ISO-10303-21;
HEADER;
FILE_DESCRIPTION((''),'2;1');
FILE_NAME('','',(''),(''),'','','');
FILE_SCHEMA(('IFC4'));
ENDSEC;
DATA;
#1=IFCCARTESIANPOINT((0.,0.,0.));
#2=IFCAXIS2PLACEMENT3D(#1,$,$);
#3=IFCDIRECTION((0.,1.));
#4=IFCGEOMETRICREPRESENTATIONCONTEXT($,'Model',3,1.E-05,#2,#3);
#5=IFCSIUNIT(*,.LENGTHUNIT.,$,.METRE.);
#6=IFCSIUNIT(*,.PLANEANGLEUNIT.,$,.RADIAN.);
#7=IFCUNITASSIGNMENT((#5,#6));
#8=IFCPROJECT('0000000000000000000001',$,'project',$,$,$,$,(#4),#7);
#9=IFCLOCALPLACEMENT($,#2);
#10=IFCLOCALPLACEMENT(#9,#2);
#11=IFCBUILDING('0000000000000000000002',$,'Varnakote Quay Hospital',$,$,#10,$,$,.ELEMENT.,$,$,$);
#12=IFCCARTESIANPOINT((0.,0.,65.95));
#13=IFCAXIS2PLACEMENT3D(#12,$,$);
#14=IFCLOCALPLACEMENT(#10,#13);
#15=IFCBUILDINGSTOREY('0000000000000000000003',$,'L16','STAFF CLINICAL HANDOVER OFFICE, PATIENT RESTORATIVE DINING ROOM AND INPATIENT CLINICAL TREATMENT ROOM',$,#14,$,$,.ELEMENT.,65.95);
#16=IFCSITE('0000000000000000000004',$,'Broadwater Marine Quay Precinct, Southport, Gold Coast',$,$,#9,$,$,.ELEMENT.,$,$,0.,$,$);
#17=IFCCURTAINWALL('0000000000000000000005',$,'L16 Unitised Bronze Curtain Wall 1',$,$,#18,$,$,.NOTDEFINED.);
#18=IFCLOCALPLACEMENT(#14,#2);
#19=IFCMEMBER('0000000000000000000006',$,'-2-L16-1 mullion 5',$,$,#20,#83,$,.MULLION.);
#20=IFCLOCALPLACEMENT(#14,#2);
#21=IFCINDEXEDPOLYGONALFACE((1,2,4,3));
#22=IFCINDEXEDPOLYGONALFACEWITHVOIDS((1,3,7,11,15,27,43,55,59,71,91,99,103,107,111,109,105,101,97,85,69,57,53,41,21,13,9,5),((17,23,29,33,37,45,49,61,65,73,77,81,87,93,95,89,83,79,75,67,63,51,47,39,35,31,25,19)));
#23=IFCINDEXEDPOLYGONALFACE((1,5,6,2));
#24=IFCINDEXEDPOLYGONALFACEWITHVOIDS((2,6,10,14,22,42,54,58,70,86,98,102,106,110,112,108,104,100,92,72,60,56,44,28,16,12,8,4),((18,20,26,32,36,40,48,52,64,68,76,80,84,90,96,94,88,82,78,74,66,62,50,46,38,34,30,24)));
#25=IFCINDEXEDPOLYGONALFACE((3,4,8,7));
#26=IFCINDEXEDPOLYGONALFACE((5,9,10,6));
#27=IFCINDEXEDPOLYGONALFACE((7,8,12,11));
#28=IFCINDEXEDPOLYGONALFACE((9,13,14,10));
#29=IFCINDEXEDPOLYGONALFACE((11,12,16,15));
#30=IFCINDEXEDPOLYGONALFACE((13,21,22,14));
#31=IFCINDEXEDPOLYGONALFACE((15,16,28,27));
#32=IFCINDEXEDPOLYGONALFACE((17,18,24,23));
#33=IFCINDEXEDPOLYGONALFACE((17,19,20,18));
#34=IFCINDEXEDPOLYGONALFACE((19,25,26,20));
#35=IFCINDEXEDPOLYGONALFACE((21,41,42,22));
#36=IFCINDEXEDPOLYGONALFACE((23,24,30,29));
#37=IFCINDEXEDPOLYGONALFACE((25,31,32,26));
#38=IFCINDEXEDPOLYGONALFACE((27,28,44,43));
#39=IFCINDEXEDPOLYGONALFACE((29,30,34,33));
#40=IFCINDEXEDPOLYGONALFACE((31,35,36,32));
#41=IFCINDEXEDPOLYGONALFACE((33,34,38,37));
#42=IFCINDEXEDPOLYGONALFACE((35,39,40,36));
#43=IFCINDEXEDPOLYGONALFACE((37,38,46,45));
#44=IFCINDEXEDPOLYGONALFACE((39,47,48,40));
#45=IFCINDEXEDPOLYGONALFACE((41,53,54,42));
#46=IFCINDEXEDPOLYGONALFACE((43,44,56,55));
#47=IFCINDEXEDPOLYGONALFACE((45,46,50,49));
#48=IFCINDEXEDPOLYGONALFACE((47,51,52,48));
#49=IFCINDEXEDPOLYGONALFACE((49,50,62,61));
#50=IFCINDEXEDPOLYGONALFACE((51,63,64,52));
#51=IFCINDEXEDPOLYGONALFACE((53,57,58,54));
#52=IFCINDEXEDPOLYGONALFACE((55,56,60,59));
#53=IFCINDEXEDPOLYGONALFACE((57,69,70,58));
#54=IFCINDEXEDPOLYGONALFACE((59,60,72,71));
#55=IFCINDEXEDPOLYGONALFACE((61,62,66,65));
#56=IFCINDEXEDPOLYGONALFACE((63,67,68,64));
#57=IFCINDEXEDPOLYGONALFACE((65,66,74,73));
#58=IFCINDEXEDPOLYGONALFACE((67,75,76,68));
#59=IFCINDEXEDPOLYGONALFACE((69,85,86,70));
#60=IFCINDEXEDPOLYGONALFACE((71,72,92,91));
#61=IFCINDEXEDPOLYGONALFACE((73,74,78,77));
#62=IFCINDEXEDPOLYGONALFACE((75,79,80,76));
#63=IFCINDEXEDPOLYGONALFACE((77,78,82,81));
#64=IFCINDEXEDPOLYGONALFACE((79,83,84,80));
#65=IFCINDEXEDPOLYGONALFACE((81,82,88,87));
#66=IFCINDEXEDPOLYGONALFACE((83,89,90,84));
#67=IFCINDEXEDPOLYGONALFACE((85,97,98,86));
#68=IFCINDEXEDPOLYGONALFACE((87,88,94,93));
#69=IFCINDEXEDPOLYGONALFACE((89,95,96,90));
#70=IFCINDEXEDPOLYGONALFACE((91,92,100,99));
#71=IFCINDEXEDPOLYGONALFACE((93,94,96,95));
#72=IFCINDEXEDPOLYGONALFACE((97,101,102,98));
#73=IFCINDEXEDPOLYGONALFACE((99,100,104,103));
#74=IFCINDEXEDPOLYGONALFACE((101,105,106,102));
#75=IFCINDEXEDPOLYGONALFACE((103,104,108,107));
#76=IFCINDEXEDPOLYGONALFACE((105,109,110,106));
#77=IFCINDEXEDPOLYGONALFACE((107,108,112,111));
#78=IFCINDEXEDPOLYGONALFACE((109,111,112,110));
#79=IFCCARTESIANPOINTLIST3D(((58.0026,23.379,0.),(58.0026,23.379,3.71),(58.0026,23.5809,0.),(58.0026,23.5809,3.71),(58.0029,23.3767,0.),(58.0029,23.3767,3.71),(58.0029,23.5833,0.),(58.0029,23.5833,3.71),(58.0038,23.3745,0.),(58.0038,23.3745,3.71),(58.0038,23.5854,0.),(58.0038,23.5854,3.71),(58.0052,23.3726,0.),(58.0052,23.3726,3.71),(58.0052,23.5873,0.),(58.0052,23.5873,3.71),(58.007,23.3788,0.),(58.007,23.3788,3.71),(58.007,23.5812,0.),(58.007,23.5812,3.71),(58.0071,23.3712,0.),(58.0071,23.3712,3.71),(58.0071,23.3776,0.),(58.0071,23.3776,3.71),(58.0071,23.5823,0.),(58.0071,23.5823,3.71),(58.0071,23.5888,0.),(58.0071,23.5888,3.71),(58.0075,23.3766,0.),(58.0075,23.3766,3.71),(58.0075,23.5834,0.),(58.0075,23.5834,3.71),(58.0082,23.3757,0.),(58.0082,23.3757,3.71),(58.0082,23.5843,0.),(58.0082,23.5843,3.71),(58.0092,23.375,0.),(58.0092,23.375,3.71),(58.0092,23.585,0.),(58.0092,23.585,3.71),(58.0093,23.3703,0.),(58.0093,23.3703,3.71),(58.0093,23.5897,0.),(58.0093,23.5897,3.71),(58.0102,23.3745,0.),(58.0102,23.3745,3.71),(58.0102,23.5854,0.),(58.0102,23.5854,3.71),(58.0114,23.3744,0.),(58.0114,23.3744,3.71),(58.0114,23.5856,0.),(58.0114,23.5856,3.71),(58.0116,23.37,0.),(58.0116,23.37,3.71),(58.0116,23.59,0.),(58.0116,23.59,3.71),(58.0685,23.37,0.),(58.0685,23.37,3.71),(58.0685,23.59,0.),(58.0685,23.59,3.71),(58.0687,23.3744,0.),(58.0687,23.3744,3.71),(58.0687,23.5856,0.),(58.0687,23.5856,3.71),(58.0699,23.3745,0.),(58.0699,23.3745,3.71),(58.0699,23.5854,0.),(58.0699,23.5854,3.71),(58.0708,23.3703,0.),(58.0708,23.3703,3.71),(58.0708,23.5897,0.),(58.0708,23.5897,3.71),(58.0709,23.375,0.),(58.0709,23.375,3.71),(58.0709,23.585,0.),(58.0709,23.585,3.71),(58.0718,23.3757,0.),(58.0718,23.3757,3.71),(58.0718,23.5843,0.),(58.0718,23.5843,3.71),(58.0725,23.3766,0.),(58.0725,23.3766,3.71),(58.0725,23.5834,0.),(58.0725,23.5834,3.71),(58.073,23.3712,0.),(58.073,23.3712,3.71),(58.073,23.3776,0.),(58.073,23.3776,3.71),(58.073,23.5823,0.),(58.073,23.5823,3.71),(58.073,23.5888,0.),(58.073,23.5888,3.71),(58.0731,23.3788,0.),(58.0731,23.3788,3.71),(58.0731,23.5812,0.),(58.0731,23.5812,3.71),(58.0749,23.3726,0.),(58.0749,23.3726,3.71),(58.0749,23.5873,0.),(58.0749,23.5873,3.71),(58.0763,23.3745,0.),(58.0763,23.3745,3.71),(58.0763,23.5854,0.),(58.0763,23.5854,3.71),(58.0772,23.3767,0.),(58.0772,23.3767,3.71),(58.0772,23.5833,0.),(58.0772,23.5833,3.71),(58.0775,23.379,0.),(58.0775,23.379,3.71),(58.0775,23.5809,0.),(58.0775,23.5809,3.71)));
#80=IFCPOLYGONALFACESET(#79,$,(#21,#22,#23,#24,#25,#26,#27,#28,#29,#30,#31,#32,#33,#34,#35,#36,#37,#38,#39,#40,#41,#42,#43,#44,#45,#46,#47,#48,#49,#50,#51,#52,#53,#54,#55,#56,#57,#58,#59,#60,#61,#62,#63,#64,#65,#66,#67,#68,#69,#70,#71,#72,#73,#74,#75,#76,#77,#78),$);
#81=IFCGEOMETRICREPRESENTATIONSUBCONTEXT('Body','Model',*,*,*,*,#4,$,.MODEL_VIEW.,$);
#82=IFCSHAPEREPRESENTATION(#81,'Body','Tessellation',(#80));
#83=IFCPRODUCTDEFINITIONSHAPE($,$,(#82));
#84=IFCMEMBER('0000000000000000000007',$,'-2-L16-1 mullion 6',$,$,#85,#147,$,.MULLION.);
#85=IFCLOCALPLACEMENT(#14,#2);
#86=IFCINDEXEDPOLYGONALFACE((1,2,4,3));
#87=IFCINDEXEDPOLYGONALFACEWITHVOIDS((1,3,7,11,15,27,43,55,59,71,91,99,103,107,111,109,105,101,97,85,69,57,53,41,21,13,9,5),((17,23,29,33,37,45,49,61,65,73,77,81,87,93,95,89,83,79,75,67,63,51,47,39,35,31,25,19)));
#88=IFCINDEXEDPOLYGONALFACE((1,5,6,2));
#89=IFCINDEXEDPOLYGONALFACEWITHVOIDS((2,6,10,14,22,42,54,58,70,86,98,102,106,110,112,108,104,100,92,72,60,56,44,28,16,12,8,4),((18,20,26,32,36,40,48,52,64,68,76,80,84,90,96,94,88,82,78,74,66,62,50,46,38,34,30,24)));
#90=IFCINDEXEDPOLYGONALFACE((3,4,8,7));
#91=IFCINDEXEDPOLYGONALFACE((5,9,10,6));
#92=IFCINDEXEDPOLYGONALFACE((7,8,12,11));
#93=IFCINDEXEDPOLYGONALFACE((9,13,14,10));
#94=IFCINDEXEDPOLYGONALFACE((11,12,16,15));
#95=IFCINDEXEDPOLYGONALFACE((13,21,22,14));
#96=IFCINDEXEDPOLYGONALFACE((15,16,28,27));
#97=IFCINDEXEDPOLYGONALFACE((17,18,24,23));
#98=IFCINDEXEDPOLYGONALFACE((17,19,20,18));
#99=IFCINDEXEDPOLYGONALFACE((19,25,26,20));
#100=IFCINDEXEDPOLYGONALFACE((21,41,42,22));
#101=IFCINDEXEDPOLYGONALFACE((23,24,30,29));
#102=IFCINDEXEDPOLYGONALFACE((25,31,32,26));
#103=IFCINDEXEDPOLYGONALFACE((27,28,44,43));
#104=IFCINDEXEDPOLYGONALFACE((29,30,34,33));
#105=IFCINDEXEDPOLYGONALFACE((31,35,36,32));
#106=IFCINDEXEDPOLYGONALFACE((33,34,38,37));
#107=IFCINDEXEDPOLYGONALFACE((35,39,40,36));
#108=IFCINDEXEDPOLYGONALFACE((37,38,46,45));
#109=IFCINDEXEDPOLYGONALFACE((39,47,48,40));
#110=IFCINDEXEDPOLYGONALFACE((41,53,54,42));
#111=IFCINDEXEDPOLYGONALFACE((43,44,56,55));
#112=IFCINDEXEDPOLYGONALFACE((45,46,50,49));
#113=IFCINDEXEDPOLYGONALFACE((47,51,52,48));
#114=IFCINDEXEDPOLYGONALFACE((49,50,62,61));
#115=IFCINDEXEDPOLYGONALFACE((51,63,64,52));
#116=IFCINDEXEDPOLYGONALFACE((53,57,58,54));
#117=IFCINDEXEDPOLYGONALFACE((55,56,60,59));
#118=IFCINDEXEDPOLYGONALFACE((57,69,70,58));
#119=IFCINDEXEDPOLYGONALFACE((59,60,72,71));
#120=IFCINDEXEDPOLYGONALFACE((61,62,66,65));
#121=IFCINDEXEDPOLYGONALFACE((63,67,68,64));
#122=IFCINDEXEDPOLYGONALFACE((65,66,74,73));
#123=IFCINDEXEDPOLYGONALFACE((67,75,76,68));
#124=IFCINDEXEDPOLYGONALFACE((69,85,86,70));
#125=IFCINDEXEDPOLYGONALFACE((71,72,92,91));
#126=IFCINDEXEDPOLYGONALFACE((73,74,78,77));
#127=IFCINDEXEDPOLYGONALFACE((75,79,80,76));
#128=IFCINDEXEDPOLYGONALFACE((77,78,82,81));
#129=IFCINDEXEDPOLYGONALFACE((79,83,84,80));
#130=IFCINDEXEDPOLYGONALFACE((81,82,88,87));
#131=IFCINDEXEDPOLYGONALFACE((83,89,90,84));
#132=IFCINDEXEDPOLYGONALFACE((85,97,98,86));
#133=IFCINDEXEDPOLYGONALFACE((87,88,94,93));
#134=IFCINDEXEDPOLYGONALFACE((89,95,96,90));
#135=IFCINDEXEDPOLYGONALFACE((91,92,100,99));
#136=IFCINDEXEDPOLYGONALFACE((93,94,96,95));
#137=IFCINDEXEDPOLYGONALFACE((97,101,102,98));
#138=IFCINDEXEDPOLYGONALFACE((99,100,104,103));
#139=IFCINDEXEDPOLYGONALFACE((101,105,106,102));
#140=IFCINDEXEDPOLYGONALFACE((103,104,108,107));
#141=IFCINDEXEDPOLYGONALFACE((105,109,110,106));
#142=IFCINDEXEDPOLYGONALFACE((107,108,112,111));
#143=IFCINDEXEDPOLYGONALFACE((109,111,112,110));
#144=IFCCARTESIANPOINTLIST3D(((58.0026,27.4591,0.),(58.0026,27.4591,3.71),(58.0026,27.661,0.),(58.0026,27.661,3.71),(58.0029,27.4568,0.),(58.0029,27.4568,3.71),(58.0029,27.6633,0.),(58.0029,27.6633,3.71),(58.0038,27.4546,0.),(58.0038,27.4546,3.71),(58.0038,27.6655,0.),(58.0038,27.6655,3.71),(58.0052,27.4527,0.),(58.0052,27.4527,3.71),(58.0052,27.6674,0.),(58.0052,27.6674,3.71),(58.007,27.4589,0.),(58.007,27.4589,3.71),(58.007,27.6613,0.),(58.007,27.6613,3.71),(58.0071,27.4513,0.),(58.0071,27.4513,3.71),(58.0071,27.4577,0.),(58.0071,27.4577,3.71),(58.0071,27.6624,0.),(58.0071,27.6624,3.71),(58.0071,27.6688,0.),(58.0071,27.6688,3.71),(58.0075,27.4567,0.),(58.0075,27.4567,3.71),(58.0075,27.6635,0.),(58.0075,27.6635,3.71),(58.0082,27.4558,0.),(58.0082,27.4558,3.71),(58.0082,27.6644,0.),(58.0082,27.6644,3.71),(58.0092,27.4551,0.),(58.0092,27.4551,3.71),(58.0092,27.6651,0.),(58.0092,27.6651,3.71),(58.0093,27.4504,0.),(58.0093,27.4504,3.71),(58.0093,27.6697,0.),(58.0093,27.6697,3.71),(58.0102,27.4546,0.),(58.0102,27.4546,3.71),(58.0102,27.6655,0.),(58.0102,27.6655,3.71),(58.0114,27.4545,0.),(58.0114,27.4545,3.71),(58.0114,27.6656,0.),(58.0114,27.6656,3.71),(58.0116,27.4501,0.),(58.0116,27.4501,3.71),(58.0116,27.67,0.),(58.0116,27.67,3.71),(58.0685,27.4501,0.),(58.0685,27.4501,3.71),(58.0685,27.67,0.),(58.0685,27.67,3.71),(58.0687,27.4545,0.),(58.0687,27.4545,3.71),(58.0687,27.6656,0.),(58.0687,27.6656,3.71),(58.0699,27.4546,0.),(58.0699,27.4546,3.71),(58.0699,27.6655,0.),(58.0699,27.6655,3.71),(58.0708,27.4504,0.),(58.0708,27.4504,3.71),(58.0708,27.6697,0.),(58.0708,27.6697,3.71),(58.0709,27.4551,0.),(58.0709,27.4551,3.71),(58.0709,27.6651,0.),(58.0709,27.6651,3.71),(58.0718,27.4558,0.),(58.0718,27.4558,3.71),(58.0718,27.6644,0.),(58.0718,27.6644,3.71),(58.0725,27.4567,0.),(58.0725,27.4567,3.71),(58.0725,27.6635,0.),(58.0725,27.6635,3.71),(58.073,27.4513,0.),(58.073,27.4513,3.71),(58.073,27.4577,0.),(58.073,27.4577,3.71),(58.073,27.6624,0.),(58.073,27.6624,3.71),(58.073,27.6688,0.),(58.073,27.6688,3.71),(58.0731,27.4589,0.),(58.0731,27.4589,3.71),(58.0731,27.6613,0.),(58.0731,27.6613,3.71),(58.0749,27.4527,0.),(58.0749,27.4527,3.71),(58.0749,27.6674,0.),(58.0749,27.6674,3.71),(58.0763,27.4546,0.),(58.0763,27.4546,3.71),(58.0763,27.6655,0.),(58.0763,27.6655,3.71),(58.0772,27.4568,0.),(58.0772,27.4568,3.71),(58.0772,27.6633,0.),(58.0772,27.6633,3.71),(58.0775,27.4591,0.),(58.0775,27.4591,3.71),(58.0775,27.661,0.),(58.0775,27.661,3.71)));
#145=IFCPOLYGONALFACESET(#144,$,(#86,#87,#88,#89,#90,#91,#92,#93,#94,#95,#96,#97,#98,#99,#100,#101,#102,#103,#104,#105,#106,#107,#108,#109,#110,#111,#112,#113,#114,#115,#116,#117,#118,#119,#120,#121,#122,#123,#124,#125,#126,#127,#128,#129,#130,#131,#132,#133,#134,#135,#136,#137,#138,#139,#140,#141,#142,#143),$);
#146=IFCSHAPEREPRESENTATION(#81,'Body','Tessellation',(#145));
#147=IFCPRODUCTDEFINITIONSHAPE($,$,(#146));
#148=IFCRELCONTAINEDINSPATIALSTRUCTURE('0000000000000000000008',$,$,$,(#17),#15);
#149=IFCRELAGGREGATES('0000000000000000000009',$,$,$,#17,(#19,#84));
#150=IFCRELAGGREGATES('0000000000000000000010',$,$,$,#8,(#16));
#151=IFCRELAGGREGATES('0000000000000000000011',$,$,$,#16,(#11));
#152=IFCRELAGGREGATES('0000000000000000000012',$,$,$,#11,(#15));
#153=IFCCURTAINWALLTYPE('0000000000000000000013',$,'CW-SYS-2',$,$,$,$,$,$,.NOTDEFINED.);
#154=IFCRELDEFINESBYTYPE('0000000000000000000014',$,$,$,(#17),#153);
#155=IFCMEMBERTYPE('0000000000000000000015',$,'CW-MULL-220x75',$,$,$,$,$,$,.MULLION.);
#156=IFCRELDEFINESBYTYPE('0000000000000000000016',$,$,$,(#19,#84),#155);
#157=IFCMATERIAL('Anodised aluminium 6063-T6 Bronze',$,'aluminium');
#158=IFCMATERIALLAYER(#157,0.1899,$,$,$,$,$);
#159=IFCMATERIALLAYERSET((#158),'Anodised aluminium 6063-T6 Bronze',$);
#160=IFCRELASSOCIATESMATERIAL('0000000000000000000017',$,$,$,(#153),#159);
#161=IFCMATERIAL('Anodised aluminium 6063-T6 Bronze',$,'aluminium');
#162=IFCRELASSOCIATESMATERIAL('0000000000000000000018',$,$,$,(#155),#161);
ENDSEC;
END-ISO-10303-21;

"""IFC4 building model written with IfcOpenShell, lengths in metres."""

from ifc_helpers import new_model, si_unit, direction, frame, origin, origin_2d, place, context, subcontext, project, spatial, hollow_rectangle, extrude, material, layer, layer_set, material_profile, profile_set, type_object, element, aggregate, save


model = new_model("IFC4")

# Units and contexts
model_context = context("Model", 3, precision=1e-05, world=origin(), true_north=direction((0.0, 1.0)))
body_context = subcontext(model_context, "Body", "Model", "MODEL_VIEW")
ifc_project = project(units=[si_unit("LENGTHUNIT", "METRE"), si_unit("PLANEANGLEUNIT", "RADIAN")], contexts=[model_context])

# Site, building, storey
site_placement = place(None, origin())
site = spatial("IfcSite", under=ifc_project, at=site_placement, Name="Broadwater Marine Quay Precinct, Southport, Gold Coast", CompositionType="ELEMENT", RefElevation=0.0)
building_placement = place(site_placement, origin())
building = spatial("IfcBuilding", under=site, at=building_placement, Name="Varnakote Quay Hospital", CompositionType="ELEMENT")
storey_placement = place(building_placement, frame((0.0, 0.0, 65.95)))
storey = spatial("IfcBuildingStorey", under=building, at=storey_placement, Name="L16", Description="STAFF CLINICAL HANDOVER OFFICE, PATIENT RESTORATIVE DINING ROOM AND INPATIENT CLINICAL TREATMENT ROOM", CompositionType="ELEMENT", Elevation=65.95)

# Curtain wall, members
ifc_material_1 = material(Name="Anodised aluminium 6063-T6 Bronze", Category="aluminium")
ifc_layer_1 = layer(ifc_material_1, 0.1899)
ifc_layer_set_1 = layer_set([ifc_layer_1], Name="Anodised aluminium 6063-T6 Bronze")
curtain_wall_type = type_object("IfcCurtainWallType", Name="CW-SYS-2", PredefinedType="NOTDEFINED", material=ifc_layer_set_1)
curtain_wall_placement = place(storey_placement, origin())
curtain_wall = element("IfcCurtainWall", 1, at=curtain_wall_placement, inside=storey, type_object=curtain_wall_type, Name="L16 Unitised Bronze Curtain Wall 1", PredefinedType="NOTDEFINED")
ifc_material_2 = material(Name="Anodised aluminium 6063-T6 Bronze", Category="aluminium")
ifc_material_profile_1 = material_profile(ifc_material_2, hollow_rectangle(XDim=0.075, YDim=0.22, WallThickness=0.0044, InnerFilletRadius=0.0044, OuterFilletRadius=0.009, at=origin_2d()), Name="CW-MULL-220x75")
ifc_profile_set_1 = profile_set([ifc_material_profile_1], Name="Anodised aluminium 6063-T6 Bronze")
member_type_1 = type_object("IfcMemberType", Name="CW-MULL-220x75", PredefinedType="MULLION", material=ifc_profile_set_1)
member_1_placement = place(storey_placement, frame((58.04, 23.48, 0.0), z_axis=(0.0, 0.0, 1.0), x_axis=(-1.0, 0.0, 0.0)))
member_1 = element("IfcMember", 2, at=member_1_placement, type_object=member_type_1, Name="-2-L16-1 mullion 5", PredefinedType="MULLION", context=body_context, shape_type="SweptSolid", body=[
    extrude(hollow_rectangle(XDim=0.075, YDim=0.22, WallThickness=0.0044, InnerFilletRadius=0.0044, OuterFilletRadius=0.009, at=origin_2d()), origin(), (0.0, 0.0, 1.0), 3.71),
])
member_2_placement = place(storey_placement, frame((58.04, 27.5601, 0.0), z_axis=(0.0, 0.0, 1.0), x_axis=(-1.0, 0.0, 0.0)))
member_2 = element("IfcMember", 3, at=member_2_placement, type_object=member_type_1, Name="-2-L16-1 mullion 6", PredefinedType="MULLION", context=body_context, shape_type="SweptSolid", body=[
    extrude(hollow_rectangle(XDim=0.075, YDim=0.22, WallThickness=0.0044, InnerFilletRadius=0.0044, OuterFilletRadius=0.009, at=origin_2d()), origin(), (0.0, 0.0, 1.0), 3.71),
])
aggregate(curtain_wall, [member_1, member_2])

save(model, "model.ifc")
